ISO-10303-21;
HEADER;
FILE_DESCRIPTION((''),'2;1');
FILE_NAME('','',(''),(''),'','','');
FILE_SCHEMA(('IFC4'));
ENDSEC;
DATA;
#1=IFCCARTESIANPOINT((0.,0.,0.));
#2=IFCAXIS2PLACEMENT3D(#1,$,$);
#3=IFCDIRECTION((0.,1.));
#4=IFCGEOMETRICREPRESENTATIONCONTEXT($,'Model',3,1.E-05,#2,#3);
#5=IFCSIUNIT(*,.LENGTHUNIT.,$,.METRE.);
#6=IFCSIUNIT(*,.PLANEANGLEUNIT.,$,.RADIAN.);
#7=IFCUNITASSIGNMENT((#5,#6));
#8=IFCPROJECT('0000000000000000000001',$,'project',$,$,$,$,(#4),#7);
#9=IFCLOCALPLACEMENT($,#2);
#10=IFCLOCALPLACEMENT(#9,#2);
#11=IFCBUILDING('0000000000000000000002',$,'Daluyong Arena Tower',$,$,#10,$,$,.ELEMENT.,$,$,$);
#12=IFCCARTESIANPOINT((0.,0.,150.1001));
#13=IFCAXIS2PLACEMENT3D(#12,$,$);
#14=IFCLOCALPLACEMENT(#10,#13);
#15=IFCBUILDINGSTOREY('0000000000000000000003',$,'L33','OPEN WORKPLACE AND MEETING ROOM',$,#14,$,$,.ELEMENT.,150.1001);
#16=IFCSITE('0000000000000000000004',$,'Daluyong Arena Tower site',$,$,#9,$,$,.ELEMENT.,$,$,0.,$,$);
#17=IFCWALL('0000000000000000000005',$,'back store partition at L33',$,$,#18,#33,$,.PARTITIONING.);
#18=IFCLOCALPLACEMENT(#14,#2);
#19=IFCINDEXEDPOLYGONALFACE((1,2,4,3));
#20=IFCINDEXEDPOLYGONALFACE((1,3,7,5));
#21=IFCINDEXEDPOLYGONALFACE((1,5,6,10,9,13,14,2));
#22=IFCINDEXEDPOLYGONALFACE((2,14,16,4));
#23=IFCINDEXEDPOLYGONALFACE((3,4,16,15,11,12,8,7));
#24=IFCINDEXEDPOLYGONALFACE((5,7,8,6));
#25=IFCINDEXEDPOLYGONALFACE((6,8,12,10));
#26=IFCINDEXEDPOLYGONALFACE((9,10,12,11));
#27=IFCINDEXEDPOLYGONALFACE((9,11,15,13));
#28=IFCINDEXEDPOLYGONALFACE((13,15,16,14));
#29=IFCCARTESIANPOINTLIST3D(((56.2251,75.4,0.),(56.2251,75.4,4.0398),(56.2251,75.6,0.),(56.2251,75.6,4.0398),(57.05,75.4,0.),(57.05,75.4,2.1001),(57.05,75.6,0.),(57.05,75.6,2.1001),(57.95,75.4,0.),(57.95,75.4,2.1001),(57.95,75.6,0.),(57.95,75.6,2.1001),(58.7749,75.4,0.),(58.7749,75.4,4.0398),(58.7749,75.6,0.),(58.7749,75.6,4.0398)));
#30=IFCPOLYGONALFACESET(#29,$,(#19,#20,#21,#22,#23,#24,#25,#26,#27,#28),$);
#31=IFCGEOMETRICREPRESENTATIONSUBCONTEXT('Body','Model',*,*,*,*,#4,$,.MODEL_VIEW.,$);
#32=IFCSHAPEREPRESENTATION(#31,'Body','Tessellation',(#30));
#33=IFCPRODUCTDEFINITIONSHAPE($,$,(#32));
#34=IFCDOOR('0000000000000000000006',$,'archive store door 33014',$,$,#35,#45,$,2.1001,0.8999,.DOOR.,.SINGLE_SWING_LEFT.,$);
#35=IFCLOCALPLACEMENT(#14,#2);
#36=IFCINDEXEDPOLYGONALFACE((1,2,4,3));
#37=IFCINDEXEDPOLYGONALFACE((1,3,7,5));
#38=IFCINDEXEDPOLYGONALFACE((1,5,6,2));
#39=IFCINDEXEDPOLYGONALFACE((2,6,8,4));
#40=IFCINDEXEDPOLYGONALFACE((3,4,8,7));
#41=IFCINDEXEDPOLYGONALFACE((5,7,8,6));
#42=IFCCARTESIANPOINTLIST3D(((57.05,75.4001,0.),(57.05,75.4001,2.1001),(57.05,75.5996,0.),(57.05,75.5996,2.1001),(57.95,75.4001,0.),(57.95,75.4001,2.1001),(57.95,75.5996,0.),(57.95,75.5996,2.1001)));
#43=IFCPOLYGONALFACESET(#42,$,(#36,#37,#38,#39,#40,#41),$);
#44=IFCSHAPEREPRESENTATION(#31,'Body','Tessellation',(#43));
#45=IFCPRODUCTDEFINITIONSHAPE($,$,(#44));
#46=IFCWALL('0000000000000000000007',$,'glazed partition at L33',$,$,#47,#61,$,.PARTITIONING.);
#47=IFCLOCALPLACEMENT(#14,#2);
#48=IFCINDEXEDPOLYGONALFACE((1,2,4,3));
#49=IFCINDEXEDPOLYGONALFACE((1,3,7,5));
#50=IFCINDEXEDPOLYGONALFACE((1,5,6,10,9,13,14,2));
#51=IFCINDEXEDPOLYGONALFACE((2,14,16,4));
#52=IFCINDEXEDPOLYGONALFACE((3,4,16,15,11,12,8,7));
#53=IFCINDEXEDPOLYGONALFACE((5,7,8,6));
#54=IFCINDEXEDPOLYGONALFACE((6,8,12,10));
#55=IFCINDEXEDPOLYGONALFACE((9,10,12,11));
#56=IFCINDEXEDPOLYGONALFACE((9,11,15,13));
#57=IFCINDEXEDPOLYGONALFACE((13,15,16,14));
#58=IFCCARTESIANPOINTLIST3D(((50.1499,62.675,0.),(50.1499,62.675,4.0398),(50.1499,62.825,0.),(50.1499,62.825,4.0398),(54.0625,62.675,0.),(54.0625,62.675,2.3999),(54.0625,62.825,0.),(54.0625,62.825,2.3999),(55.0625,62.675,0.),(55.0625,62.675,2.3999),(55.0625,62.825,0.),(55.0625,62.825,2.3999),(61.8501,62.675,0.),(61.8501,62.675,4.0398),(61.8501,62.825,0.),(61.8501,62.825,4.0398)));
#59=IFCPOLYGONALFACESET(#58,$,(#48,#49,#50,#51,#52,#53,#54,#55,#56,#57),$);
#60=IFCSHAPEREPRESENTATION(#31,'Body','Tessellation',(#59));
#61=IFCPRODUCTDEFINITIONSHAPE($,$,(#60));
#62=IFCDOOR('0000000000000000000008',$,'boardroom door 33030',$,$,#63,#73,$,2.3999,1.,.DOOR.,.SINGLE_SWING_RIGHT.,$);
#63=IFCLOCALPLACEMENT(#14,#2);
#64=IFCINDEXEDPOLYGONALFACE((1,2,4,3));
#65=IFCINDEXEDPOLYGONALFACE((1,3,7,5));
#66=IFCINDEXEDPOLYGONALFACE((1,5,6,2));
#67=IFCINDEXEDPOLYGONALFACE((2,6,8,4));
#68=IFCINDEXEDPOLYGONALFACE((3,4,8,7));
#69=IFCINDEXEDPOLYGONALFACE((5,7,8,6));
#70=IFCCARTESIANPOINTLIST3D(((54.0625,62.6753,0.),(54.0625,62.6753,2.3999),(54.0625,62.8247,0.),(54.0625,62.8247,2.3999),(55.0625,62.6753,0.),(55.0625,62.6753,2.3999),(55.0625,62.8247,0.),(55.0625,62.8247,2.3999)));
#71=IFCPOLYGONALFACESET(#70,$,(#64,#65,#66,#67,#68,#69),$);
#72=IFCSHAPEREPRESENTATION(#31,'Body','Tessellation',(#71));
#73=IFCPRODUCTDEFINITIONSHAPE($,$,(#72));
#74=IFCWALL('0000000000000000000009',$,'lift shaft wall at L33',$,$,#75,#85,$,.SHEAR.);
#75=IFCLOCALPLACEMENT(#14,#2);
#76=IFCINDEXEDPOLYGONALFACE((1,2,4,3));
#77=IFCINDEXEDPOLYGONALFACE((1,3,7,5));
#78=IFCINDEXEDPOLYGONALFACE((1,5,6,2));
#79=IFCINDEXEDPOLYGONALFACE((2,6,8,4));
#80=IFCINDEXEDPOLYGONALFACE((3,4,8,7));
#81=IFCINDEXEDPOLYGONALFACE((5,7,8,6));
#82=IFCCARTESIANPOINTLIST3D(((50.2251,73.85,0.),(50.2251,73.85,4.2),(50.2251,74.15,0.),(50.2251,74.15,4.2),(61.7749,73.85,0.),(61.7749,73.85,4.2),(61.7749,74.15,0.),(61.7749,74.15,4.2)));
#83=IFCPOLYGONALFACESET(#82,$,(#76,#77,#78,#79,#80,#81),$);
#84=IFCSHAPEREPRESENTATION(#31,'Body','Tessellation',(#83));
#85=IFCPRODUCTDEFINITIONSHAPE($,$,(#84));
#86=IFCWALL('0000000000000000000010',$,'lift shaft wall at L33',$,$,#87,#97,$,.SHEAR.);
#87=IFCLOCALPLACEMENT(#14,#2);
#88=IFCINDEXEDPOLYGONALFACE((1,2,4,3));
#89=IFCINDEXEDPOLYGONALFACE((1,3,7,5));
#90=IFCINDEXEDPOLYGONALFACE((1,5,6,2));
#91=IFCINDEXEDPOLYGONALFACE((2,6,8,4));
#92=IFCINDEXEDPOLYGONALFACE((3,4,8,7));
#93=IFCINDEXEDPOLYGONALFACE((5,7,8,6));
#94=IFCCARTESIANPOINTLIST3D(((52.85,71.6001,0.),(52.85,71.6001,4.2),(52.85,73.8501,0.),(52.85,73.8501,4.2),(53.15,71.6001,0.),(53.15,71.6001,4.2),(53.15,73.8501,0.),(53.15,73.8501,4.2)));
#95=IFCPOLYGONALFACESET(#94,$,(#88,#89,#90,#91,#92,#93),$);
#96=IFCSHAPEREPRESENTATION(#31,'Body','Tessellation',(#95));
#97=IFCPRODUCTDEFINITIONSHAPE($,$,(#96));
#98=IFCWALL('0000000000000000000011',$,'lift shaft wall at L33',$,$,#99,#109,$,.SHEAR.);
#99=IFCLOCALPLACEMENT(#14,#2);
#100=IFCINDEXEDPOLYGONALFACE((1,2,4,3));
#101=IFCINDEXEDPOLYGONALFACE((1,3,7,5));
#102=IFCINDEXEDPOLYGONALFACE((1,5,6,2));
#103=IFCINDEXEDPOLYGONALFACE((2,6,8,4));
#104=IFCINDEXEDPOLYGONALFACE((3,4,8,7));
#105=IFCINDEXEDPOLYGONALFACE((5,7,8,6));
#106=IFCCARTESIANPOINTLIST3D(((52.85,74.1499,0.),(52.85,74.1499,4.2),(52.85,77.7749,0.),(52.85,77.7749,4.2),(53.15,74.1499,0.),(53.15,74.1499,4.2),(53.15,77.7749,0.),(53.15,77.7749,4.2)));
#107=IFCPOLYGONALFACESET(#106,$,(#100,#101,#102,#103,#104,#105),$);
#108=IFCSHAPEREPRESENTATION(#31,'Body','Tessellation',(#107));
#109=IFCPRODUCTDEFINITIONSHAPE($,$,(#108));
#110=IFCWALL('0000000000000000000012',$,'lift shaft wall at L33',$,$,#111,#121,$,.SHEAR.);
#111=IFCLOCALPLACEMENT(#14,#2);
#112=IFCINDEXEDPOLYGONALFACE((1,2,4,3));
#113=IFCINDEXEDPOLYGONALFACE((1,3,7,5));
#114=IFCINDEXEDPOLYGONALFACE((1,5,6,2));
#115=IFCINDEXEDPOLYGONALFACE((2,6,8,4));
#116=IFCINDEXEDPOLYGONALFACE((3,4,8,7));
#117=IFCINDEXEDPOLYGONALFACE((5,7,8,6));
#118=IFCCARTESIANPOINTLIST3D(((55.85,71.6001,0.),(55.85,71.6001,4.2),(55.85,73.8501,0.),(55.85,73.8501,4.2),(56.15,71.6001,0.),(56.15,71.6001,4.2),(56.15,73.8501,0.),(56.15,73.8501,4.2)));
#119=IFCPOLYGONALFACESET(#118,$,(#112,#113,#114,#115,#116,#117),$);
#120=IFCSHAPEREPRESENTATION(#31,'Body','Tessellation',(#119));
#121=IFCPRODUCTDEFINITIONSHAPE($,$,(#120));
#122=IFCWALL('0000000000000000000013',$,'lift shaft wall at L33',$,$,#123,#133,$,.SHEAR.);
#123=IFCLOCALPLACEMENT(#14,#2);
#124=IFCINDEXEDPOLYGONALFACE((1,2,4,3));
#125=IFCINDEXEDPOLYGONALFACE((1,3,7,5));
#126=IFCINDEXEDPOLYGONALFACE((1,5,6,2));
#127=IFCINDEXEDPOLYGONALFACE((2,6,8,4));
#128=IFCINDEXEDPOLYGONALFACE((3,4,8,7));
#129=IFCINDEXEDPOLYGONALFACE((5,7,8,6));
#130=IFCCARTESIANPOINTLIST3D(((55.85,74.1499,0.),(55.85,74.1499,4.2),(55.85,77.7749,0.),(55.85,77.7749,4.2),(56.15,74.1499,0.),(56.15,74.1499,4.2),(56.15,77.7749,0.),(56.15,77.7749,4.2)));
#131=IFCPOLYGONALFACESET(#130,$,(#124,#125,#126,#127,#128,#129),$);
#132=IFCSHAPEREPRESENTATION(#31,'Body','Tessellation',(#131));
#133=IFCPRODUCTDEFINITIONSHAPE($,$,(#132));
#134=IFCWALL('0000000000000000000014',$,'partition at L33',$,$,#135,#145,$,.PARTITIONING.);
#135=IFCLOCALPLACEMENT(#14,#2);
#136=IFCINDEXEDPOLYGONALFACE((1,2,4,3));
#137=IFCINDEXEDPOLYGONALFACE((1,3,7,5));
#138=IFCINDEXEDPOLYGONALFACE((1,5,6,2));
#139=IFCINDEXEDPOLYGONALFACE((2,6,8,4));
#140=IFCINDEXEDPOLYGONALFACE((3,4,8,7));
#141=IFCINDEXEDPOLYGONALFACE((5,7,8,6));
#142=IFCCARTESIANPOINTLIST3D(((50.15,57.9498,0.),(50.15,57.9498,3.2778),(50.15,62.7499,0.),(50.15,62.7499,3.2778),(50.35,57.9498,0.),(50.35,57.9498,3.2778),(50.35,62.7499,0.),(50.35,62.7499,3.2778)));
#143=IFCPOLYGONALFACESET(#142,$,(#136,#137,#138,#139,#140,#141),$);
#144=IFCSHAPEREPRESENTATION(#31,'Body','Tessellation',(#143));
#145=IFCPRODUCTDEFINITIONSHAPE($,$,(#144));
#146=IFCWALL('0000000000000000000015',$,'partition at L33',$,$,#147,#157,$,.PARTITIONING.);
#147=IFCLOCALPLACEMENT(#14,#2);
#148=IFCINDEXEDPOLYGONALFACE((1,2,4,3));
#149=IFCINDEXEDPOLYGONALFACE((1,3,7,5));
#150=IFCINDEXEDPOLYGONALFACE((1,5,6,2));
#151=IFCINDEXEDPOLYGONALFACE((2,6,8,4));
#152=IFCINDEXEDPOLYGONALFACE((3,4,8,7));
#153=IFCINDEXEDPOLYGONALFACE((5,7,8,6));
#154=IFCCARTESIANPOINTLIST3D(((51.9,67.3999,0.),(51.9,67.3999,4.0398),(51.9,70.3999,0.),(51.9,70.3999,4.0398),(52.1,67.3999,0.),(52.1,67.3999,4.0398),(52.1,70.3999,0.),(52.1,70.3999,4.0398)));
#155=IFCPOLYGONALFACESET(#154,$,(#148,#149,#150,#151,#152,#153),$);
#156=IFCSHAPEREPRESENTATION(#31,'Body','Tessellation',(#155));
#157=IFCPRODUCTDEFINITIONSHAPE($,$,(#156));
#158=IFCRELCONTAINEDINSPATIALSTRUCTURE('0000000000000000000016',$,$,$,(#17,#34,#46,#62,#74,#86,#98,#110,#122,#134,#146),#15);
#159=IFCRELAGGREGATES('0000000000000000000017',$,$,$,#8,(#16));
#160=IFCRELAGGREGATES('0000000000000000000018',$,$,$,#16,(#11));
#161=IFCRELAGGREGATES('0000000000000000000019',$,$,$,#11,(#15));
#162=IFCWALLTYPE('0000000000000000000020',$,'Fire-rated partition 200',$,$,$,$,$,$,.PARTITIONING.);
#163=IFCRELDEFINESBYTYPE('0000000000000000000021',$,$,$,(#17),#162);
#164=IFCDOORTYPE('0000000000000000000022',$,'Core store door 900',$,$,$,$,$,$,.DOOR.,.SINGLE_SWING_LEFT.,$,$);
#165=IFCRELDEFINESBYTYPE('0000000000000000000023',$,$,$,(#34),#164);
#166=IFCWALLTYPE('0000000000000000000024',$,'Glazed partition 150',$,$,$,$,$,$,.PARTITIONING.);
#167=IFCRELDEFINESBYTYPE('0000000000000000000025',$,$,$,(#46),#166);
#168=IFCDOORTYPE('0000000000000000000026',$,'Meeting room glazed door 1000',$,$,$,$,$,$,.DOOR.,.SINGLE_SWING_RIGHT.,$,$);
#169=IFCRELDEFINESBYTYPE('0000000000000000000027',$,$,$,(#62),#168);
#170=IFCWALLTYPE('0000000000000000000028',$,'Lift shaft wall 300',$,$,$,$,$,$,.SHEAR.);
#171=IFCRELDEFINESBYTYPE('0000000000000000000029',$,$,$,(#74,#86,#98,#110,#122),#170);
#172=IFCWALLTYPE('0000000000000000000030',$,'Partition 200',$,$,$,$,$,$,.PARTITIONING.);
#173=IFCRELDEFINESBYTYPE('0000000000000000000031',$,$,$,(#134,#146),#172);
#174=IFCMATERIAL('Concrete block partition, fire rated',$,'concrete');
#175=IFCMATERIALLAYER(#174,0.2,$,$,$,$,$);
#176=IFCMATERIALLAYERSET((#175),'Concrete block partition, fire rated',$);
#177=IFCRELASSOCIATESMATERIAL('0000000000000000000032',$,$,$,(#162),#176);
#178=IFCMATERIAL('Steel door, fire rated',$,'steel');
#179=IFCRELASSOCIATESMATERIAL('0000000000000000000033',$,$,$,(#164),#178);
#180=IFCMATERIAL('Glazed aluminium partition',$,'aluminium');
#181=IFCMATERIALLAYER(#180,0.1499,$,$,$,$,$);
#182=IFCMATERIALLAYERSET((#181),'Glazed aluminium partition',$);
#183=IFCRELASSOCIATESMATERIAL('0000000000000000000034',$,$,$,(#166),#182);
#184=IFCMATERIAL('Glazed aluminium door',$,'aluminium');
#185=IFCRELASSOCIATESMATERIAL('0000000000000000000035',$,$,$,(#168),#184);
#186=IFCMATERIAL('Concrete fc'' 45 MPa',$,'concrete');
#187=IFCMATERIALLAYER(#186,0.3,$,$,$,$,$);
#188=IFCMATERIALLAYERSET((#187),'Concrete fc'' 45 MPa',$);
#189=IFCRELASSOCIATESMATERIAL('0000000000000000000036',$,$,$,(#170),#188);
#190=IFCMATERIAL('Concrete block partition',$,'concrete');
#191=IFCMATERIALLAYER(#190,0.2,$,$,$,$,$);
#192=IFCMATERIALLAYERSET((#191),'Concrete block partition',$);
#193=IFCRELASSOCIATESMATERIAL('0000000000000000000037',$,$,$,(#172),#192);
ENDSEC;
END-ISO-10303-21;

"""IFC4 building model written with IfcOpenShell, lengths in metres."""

from ifc_helpers import new_model, si_unit, direction, frame, frame_2d, origin, place, context, subcontext, project, spatial, rectangle, extrude, material, layer, layer_set, type_object, element, fill, save


model = new_model("IFC4")

# Units and contexts
model_context = context("Model", 3, precision=1e-05, world=origin(), true_north=direction((0.0, 1.0)))
body_context = subcontext(model_context, "Body", "Model", "MODEL_VIEW")
ifc_project = project(units=[si_unit("LENGTHUNIT", "METRE"), si_unit("PLANEANGLEUNIT", "RADIAN")], contexts=[model_context])

# Site, building, storey
site_placement = place(None, origin())
site = spatial("IfcSite", under=ifc_project, at=site_placement, Name="Daluyong Arena Tower site", CompositionType="ELEMENT", RefElevation=0.0)
building_placement = place(site_placement, origin())
building = spatial("IfcBuilding", under=site, at=building_placement, Name="Daluyong Arena Tower", CompositionType="ELEMENT")
storey_placement = place(building_placement, frame((0.0, 0.0, 150.1001)))
storey = spatial("IfcBuildingStorey", under=building, at=storey_placement, Name="L33", Description="OPEN WORKPLACE AND MEETING ROOM", CompositionType="ELEMENT", Elevation=150.1001)

# Walls, openings, doors
ifc_material_1 = material(Name="Concrete block partition, fire rated", Category="concrete")
ifc_layer_1 = layer(ifc_material_1, 0.2)
ifc_layer_set_1 = layer_set([ifc_layer_1], Name="Concrete block partition, fire rated")
wall_type_1 = type_object("IfcWallType", Name="Fire-rated partition 200", PredefinedType="PARTITIONING", material=ifc_layer_set_1)
ifc_material_2 = material(Name="Steel door, fire rated", Category="steel")
door_type_1 = type_object("IfcDoorType", Name="Core store door 900", OperationType="SINGLE_SWING_LEFT", PredefinedType="DOOR", material=ifc_material_2)
wall_1_placement = place(storey_placement, frame((56.2251, 75.5, 0.0), z_axis=(0.0, 0.0, 1.0), x_axis=(1.0, 0.0, 0.0)))
wall_1 = element("IfcWall", 1, at=wall_1_placement, inside=storey, type_object=wall_type_1, Name="back store partition at L33", PredefinedType="PARTITIONING", context=body_context, shape_type="SweptSolid", body=[
    extrude(rectangle(XDim=2.5498, YDim=0.2, at=frame_2d((1.2749, 0.0))), origin(), (0.0, 0.0, 1.0), 4.0398),
])
opening_1_placement = place(wall_1_placement, frame((0.825, 0.0, 0.0)))
opening_1 = element("IfcOpeningElement", 2, at=opening_1_placement, cuts=wall_1, PredefinedType="OPENING", context=body_context, shape_type="SweptSolid", body=[
    extrude(rectangle(XDim=0.8999, YDim=2.1001, at=frame_2d((0.45, 1.05))), frame((0.0, 0.1099, 0.0), z_axis=(0.0, -1.0, 0.0), x_axis=(1.0, 0.0, 0.0)), (0.0, 0.0, 1.0), 0.22),
])
door_1_placement = place(opening_1_placement, origin())
door_1 = element("IfcDoor", 3, at=door_1_placement, inside=storey, type_object=door_type_1, Name="archive store door 33014", OperationType="SINGLE_SWING_LEFT", OverallHeight=2.1001, OverallWidth=0.8999, PredefinedType="DOOR", context=body_context, shape_type="SweptSolid", body=[
    extrude(rectangle(XDim=0.8999, YDim=2.1001, at=frame_2d((0.45, 1.05))), frame((0.0, 0.0996, 0.0), z_axis=(0.0, -1.0, 0.0), x_axis=(1.0, 0.0, 0.0)), (0.0, 0.0, 1.0), 0.1995),
])
fill(opening_1, door_1)
ifc_material_3 = material(Name="Glazed aluminium partition", Category="aluminium")
ifc_layer_2 = layer(ifc_material_3, 0.1499)
ifc_layer_set_2 = layer_set([ifc_layer_2], Name="Glazed aluminium partition")
wall_type_2 = type_object("IfcWallType", Name="Glazed partition 150", PredefinedType="PARTITIONING", material=ifc_layer_set_2)
wall_2_placement = place(storey_placement, frame((50.1499, 62.75, 0.0), z_axis=(0.0, 0.0, 1.0), x_axis=(1.0, 0.0, 0.0)))
wall_2 = element("IfcWall", 4, at=wall_2_placement, inside=storey, type_object=wall_type_2, Name="glazed partition at L33", PredefinedType="PARTITIONING", context=body_context, shape_type="SweptSolid", body=[
    extrude(rectangle(XDim=11.7002, YDim=0.1499, at=frame_2d((5.8501, 0.0))), origin(), (0.0, 0.0, 1.0), 4.0398),
])
opening_2_placement = place(wall_2_placement, frame((3.9126, 0.0, 0.0)))
opening_2 = element("IfcOpeningElement", 5, at=opening_2_placement, cuts=wall_2, PredefinedType="OPENING", context=body_context, shape_type="SweptSolid", body=[
    extrude(rectangle(XDim=1.0, YDim=2.3999, at=frame_2d((0.5, 1.2))), frame((0.0, 0.085, 0.0), z_axis=(0.0, -1.0, 0.0), x_axis=(1.0, 0.0, 0.0)), (0.0, 0.0, 1.0), 0.1699),
])
ifc_material_4 = material(Name="Glazed aluminium door", Category="aluminium")
door_type_2 = type_object("IfcDoorType", Name="Meeting room glazed door 1000", OperationType="SINGLE_SWING_RIGHT", PredefinedType="DOOR", material=ifc_material_4)
door_2_placement = place(opening_2_placement, origin())
door_2 = element("IfcDoor", 6, at=door_2_placement, inside=storey, type_object=door_type_2, Name="boardroom door 33030", OperationType="SINGLE_SWING_RIGHT", OverallHeight=2.3999, OverallWidth=1.0, PredefinedType="DOOR", context=body_context, shape_type="SweptSolid", body=[
    extrude(rectangle(XDim=1.0, YDim=2.3999, at=frame_2d((0.5, 1.2))), frame((0.0, 0.0747, 0.0), z_axis=(0.0, -1.0, 0.0), x_axis=(1.0, 0.0, 0.0)), (0.0, 0.0, 1.0), 0.1494),
])
fill(opening_2, door_2)

# Walls
ifc_material_5 = material(Name="Concrete fc' 45 MPa", Category="concrete")
ifc_layer_3 = layer(ifc_material_5, 0.3)
ifc_layer_set_3 = layer_set([ifc_layer_3], Name="Concrete fc' 45 MPa")
wall_type_3 = type_object("IfcWallType", Name="Lift shaft wall 300", PredefinedType="SHEAR", material=ifc_layer_set_3)
wall_3_placement = place(storey_placement, frame((50.2251, 74.0, 0.0), z_axis=(0.0, 0.0, 1.0), x_axis=(1.0, 0.0, 0.0)))
element("IfcWall", 7, at=wall_3_placement, inside=storey, type_object=wall_type_3, Name="lift shaft wall at L33", PredefinedType="SHEAR", context=body_context, shape_type="SweptSolid", body=[
    extrude(rectangle(XDim=11.5498, YDim=0.3, at=frame_2d((5.7749, 0.0))), origin(), (0.0, 0.0, 1.0), 4.2),
])
wall_4_placement = place(storey_placement, frame((53.0, 71.6001, 0.0), z_axis=(0.0, 0.0, 1.0), x_axis=(0.0, 1.0, 0.0)))
element("IfcWall", 8, at=wall_4_placement, inside=storey, type_object=wall_type_3, Name="lift shaft wall at L33", PredefinedType="SHEAR", context=body_context, shape_type="SweptSolid", body=[
    extrude(rectangle(XDim=2.25, YDim=0.3, at=frame_2d((1.125, 0.0))), origin(), (0.0, 0.0, 1.0), 4.2),
])
wall_5_placement = place(storey_placement, frame((53.0, 74.1499, 0.0), z_axis=(0.0, 0.0, 1.0), x_axis=(0.0, 1.0, 0.0)))
element("IfcWall", 9, at=wall_5_placement, inside=storey, type_object=wall_type_3, Name="lift shaft wall at L33", PredefinedType="SHEAR", context=body_context, shape_type="SweptSolid", body=[
    extrude(rectangle(XDim=3.625, YDim=0.3, at=frame_2d((1.8125, 0.0))), origin(), (0.0, 0.0, 1.0), 4.2),
])
wall_6_placement = place(storey_placement, frame((56.0, 71.6001, 0.0), z_axis=(0.0, 0.0, 1.0), x_axis=(0.0, 1.0, 0.0)))
element("IfcWall", 10, at=wall_6_placement, inside=storey, type_object=wall_type_3, Name="lift shaft wall at L33", PredefinedType="SHEAR", context=body_context, shape_type="SweptSolid", body=[
    extrude(rectangle(XDim=2.25, YDim=0.3, at=frame_2d((1.125, 0.0))), origin(), (0.0, 0.0, 1.0), 4.2),
])
wall_7_placement = place(storey_placement, frame((56.0, 74.1499, 0.0), z_axis=(0.0, 0.0, 1.0), x_axis=(0.0, 1.0, 0.0)))
element("IfcWall", 11, at=wall_7_placement, inside=storey, type_object=wall_type_3, Name="lift shaft wall at L33", PredefinedType="SHEAR", context=body_context, shape_type="SweptSolid", body=[
    extrude(rectangle(XDim=3.625, YDim=0.3, at=frame_2d((1.8125, 0.0))), origin(), (0.0, 0.0, 1.0), 4.2),
])
ifc_material_6 = material(Name="Concrete block partition", Category="concrete")
ifc_layer_4 = layer(ifc_material_6, 0.2)
ifc_layer_set_4 = layer_set([ifc_layer_4], Name="Concrete block partition")
wall_type_4 = type_object("IfcWallType", Name="Partition 200", PredefinedType="PARTITIONING", material=ifc_layer_set_4)
wall_8_placement = place(storey_placement, frame((50.25, 57.95, 0.0), z_axis=(0.0, 0.0, 1.0), x_axis=(0.0, 1.0, 0.0)))
element("IfcWall", 12, at=wall_8_placement, inside=storey, type_object=wall_type_4, Name="partition at L33", PredefinedType="PARTITIONING", context=body_context, shape_type="SweptSolid", body=[
    extrude(rectangle(XDim=4.8, YDim=0.2, at=frame_2d((2.3999, 0.0))), origin(), (0.0, 0.0, 1.0), 3.2778),
])
wall_9_placement = place(storey_placement, frame((52.0, 67.3999, 0.0), z_axis=(0.0, 0.0, 1.0), x_axis=(0.0, 1.0, 0.0)))
element("IfcWall", 13, at=wall_9_placement, inside=storey, type_object=wall_type_4, Name="partition at L33", PredefinedType="PARTITIONING", context=body_context, shape_type="SweptSolid", body=[
    extrude(rectangle(XDim=3.0, YDim=0.2, at=frame_2d((1.5, 0.0))), origin(), (0.0, 0.0, 1.0), 4.0398),
])

save(model, "model.ifc")
